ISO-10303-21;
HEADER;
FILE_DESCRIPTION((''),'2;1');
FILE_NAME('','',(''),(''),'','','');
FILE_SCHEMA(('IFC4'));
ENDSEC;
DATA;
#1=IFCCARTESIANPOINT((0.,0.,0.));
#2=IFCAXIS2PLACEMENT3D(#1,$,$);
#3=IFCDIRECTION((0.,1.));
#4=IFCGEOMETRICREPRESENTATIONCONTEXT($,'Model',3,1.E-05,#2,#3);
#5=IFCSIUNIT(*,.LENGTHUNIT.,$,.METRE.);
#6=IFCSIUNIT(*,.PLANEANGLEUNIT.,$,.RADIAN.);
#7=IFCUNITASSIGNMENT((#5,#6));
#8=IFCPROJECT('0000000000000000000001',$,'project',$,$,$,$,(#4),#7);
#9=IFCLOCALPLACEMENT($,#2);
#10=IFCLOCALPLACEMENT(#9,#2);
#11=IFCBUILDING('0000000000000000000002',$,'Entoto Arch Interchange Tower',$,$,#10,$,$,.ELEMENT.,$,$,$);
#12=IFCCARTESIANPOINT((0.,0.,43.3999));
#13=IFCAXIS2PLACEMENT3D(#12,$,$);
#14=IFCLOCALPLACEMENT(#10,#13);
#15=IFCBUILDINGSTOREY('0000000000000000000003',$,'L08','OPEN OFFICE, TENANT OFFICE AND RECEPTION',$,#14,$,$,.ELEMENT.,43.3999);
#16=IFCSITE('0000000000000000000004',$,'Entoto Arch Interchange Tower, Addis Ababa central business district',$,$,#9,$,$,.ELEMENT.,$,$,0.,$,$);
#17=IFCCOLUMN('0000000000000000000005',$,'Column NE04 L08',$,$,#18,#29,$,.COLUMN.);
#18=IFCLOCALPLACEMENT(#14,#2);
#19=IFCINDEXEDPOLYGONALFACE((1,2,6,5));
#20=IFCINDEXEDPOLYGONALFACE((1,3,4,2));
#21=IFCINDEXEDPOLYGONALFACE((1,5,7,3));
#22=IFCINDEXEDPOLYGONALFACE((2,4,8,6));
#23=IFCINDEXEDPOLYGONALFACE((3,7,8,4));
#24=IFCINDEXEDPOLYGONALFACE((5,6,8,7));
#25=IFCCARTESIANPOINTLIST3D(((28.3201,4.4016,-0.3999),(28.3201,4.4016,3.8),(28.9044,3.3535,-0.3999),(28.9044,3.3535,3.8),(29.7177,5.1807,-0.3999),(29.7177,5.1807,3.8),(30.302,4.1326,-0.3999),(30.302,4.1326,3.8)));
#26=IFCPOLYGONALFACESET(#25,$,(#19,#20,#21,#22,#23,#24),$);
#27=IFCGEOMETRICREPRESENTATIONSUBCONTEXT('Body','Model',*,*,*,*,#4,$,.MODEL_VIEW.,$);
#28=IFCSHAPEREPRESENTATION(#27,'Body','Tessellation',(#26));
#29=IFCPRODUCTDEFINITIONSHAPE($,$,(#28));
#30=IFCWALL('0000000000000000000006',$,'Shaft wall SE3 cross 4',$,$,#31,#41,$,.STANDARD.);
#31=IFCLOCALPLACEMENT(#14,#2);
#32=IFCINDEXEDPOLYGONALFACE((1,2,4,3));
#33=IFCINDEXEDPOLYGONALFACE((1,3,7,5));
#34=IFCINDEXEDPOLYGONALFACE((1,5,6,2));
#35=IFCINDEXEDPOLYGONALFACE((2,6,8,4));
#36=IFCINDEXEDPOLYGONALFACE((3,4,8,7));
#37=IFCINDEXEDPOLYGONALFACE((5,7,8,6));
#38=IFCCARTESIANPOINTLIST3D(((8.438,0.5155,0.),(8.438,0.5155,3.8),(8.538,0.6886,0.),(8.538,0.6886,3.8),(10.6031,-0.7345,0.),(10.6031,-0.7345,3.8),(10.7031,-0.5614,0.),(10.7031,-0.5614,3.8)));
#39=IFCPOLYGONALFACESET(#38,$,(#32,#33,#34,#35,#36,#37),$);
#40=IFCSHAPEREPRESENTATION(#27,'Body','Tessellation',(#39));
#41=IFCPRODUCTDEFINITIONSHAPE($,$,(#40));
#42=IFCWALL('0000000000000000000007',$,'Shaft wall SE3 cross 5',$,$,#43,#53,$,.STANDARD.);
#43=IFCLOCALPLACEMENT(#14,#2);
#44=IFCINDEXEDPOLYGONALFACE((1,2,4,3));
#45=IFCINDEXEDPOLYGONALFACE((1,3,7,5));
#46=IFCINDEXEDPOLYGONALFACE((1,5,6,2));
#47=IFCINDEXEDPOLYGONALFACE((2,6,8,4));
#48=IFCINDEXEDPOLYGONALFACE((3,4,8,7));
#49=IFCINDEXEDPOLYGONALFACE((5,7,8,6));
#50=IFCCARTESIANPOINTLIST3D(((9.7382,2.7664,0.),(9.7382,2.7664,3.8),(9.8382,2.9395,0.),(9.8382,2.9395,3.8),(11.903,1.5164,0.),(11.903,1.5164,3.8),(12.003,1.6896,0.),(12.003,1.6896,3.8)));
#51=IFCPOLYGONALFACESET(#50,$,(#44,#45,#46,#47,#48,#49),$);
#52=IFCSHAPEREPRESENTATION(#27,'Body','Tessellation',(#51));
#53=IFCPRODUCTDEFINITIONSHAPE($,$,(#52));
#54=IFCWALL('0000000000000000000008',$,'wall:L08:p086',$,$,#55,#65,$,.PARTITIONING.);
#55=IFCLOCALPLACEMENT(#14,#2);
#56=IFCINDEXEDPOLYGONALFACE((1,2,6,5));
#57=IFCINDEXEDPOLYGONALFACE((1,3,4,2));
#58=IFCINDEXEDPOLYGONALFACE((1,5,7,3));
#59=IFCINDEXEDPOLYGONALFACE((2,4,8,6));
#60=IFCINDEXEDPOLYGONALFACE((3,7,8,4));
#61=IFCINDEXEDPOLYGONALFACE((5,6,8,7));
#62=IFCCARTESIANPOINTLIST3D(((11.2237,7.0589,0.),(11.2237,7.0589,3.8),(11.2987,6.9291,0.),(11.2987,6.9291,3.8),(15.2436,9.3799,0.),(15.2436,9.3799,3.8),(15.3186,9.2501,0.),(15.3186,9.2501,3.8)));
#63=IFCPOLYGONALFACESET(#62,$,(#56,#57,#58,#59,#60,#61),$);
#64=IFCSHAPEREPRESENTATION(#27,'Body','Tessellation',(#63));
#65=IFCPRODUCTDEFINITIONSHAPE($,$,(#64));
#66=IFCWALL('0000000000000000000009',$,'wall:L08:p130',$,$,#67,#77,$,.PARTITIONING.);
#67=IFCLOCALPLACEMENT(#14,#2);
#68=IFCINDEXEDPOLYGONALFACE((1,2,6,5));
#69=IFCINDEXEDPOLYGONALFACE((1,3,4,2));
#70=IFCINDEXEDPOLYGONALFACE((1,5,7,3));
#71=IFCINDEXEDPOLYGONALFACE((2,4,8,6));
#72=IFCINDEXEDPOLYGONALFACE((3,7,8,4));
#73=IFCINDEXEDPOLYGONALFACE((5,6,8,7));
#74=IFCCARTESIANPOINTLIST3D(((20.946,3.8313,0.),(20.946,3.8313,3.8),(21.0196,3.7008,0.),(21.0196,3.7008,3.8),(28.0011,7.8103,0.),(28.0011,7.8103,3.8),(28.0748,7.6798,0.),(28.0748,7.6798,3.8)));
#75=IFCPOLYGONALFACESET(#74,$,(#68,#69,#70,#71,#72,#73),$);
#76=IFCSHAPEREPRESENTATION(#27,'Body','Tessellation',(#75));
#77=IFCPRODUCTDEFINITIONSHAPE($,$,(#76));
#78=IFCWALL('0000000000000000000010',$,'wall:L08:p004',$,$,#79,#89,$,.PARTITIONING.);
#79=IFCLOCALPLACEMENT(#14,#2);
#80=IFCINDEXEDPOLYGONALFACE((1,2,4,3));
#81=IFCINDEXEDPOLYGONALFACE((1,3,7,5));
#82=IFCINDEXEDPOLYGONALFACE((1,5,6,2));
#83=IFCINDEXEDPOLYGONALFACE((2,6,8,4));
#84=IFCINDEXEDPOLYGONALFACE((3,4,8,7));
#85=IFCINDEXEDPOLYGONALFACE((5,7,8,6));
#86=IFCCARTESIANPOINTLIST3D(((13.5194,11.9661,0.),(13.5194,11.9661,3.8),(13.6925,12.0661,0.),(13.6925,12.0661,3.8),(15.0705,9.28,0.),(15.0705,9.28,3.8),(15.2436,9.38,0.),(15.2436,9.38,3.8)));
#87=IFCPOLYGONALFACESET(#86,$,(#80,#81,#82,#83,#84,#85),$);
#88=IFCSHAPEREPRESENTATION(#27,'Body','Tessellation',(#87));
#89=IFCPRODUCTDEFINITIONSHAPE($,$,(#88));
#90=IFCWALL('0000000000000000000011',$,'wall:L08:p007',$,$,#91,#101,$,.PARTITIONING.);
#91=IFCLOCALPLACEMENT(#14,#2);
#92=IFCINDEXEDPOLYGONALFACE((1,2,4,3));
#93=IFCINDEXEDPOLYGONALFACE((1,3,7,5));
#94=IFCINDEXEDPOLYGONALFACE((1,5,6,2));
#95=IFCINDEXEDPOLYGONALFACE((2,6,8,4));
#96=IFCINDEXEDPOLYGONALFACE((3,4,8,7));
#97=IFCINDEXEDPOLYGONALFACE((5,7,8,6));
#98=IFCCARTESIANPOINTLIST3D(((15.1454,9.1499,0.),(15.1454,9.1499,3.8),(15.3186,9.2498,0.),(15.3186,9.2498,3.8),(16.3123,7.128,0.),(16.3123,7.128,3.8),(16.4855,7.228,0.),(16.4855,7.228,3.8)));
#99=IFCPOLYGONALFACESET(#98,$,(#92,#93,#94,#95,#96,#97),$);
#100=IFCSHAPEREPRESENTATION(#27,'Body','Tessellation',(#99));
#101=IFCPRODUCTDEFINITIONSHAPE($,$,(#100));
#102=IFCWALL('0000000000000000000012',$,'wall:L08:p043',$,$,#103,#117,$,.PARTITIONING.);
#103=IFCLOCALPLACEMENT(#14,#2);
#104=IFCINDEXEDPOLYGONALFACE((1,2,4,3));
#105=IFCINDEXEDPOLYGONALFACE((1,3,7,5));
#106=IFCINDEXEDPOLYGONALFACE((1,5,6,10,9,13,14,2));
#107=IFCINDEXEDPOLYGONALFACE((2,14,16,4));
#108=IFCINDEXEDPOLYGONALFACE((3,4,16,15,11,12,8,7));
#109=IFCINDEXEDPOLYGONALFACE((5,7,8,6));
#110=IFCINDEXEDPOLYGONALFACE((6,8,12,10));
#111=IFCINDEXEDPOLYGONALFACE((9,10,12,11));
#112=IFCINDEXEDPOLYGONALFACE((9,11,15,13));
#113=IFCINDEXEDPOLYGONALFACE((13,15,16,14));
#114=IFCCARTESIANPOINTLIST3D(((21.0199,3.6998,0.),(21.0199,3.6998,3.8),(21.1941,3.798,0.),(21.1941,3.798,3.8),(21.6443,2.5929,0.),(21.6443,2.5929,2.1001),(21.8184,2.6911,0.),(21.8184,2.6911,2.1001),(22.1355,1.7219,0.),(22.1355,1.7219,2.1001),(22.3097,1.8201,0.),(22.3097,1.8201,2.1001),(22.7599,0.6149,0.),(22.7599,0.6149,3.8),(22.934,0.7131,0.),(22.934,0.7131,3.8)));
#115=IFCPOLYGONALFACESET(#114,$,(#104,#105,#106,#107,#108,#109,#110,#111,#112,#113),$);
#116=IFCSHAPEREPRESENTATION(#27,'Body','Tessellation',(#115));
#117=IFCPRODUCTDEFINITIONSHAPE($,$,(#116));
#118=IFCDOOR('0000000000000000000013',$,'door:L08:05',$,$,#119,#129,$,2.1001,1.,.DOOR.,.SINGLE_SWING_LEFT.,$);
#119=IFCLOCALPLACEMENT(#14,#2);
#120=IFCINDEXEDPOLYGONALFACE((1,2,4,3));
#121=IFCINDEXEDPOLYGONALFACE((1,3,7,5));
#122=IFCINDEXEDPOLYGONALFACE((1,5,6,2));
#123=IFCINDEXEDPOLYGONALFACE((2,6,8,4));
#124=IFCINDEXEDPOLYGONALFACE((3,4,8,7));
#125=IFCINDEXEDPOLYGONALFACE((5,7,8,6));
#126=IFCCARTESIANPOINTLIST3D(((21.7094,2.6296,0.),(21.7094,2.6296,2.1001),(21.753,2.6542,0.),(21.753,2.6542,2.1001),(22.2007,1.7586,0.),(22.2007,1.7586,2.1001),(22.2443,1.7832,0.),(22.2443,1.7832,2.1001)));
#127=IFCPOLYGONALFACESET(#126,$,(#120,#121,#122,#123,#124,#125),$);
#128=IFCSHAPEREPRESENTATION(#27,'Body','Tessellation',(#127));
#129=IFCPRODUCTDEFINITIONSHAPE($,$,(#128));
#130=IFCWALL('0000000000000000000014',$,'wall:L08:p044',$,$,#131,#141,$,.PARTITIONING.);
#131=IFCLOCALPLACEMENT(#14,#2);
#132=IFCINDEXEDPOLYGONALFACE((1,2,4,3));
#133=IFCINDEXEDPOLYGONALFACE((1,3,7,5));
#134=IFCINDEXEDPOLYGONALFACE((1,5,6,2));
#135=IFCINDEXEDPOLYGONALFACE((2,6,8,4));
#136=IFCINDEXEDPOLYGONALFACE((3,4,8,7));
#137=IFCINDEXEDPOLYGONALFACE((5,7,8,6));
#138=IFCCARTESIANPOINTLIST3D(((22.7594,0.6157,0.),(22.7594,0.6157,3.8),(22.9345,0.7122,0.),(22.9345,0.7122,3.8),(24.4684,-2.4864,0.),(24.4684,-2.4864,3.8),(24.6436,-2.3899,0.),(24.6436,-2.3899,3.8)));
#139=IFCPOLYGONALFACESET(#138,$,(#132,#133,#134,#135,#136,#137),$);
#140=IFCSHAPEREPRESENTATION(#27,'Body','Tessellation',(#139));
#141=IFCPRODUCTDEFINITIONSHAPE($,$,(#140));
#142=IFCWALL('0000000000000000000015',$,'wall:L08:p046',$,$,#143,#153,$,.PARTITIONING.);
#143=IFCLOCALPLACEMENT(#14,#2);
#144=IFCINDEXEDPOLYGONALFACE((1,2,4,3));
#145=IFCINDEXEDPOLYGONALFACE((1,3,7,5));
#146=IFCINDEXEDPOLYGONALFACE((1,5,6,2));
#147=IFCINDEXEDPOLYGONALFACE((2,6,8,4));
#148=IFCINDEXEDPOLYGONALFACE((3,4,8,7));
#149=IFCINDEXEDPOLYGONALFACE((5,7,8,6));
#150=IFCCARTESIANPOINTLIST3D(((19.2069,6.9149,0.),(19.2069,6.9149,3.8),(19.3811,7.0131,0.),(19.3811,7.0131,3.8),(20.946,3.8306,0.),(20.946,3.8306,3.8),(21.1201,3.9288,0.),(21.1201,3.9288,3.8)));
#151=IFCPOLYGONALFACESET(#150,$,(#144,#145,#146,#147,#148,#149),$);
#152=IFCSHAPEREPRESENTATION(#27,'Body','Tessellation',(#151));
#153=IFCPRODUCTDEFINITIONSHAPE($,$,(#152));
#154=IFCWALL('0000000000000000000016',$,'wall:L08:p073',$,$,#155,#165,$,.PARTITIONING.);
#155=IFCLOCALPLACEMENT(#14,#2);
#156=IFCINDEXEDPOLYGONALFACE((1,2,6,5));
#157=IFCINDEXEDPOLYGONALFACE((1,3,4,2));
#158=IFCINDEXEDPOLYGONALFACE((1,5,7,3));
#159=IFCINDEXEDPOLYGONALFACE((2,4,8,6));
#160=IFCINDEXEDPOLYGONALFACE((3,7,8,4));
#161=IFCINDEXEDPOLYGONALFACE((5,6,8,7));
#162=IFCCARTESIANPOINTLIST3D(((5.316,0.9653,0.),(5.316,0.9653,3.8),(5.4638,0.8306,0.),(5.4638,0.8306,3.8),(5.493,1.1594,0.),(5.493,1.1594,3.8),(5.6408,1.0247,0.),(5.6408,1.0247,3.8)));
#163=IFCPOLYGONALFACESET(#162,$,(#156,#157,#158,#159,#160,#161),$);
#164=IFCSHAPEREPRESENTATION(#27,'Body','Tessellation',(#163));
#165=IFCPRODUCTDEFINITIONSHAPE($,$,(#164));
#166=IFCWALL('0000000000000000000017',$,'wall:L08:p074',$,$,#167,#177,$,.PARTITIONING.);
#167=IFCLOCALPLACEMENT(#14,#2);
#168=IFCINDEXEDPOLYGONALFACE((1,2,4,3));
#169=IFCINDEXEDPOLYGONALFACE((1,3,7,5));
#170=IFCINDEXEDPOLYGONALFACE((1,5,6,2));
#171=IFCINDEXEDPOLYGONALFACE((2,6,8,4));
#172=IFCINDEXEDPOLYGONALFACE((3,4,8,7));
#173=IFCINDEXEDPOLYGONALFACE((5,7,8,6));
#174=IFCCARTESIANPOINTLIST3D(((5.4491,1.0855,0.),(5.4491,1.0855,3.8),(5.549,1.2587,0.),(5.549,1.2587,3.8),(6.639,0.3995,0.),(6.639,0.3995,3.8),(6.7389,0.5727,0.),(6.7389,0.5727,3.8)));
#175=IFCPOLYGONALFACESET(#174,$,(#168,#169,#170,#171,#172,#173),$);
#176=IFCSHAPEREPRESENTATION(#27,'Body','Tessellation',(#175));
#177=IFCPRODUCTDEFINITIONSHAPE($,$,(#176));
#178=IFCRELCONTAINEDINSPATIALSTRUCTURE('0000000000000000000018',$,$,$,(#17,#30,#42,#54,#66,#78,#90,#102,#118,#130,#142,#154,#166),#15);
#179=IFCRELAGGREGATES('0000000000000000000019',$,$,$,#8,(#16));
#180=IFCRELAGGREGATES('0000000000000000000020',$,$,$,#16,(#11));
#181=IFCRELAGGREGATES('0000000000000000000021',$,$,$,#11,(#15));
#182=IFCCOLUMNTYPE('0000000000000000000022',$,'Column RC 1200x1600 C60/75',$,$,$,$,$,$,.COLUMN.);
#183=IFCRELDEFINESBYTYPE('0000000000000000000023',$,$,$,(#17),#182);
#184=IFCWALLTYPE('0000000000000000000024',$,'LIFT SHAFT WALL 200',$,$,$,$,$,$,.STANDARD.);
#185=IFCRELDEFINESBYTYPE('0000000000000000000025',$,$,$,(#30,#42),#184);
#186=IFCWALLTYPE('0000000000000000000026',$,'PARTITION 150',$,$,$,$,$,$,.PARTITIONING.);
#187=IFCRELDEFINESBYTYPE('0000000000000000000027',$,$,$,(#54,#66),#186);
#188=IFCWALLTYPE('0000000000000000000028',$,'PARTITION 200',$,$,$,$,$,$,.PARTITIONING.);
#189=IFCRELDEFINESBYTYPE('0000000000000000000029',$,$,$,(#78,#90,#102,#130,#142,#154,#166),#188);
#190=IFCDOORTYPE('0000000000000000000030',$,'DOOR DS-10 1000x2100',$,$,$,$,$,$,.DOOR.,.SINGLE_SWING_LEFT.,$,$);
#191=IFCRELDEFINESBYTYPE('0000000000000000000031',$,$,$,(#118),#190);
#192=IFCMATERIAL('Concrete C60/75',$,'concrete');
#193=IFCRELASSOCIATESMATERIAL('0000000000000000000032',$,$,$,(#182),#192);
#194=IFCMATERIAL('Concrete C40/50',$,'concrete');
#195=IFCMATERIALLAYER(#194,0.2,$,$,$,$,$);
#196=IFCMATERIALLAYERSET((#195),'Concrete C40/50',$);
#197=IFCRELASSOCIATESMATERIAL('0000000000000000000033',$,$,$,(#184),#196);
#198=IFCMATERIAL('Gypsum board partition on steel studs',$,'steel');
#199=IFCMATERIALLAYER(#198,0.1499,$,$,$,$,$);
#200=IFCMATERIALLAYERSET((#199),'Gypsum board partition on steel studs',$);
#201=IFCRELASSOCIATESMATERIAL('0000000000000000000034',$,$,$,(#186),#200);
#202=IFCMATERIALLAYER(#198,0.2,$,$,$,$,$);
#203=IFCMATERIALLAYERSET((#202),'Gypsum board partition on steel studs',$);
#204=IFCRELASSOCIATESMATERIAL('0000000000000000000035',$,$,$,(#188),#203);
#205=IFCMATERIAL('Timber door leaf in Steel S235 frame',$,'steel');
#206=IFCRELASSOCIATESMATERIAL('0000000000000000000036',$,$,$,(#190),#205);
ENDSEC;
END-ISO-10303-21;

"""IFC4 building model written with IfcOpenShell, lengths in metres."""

from ifc_helpers import new_model, si_unit, direction, frame, frame_2d, origin, origin_2d, place, context, subcontext, project, spatial, rectangle, extrude, material, layer, layer_set, material_profile, profile_set, type_object, element, fill, save


model = new_model("IFC4")

# Units and contexts
model_context = context("Model", 3, precision=1e-05, world=origin(), true_north=direction((0.0, 1.0)))
body_context = subcontext(model_context, "Body", "Model", "MODEL_VIEW")
ifc_project = project(units=[si_unit("LENGTHUNIT", "METRE"), si_unit("PLANEANGLEUNIT", "RADIAN")], contexts=[model_context])

# Site, building, storey
site_placement = place(None, origin())
site = spatial("IfcSite", under=ifc_project, at=site_placement, Name="Entoto Arch Interchange Tower, Addis Ababa central business district", CompositionType="ELEMENT", RefElevation=0.0)
building_placement = place(site_placement, origin())
building = spatial("IfcBuilding", under=site, at=building_placement, Name="Entoto Arch Interchange Tower", CompositionType="ELEMENT")
storey_placement = place(building_placement, frame((0.0, 0.0, 43.3999)))
storey = spatial("IfcBuildingStorey", under=building, at=storey_placement, Name="L08", Description="OPEN OFFICE, TENANT OFFICE AND RECEPTION", CompositionType="ELEMENT", Elevation=43.3999)

# Column
ifc_material_1 = material(Name="Concrete C60/75", Category="concrete")
ifc_material_profile = material_profile(ifc_material_1, rectangle(XDim=1.2, YDim=1.6001, at=origin_2d()))
ifc_profile_set = profile_set([ifc_material_profile], Name="Concrete C60/75")
column_type = type_object("IfcColumnType", Name="Column RC 1200x1600 C60/75", PredefinedType="COLUMN", material=ifc_profile_set)
column_placement = place(storey_placement, frame((29.311, 4.2671, -0.3999), z_axis=(0.0, 0.0, 1.0), x_axis=(-0.486915, 0.873449, 0.0)))
element("IfcColumn", 1, at=column_placement, inside=storey, type_object=column_type, Name="Column NE04 L08", PredefinedType="COLUMN", context=body_context, shape_type="SweptSolid", body=[
    extrude(rectangle(XDim=1.2, YDim=1.6001, at=origin_2d()), origin(), (0.0, 0.0, 1.0), 4.2),
])

# Walls
ifc_material_2 = material(Name="Concrete C40/50", Category="concrete")
ifc_layer_1 = layer(ifc_material_2, 0.2)
ifc_layer_set_1 = layer_set([ifc_layer_1], Name="Concrete C40/50")
wall_type_1 = type_object("IfcWallType", Name="LIFT SHAFT WALL 200", PredefinedType="STANDARD", material=ifc_layer_set_1)
wall_1_placement = place(storey_placement, frame((8.488, 0.6021, 0.0), z_axis=(0.0, 0.0, 1.0), x_axis=(0.866023, -0.500004, 0.0)))
element("IfcWall", 2, at=wall_1_placement, inside=storey, type_object=wall_type_1, Name="Shaft wall SE3 cross 4", PredefinedType="STANDARD", context=body_context, shape_type="SweptSolid", body=[
    extrude(rectangle(XDim=2.5, YDim=0.2, at=frame_2d((1.25, 0.0))), origin(), (0.0, 0.0, 1.0), 3.8),
])
wall_2_placement = place(storey_placement, frame((9.7881, 2.853, 0.0), z_axis=(0.0, 0.0, 1.0), x_axis=(0.865999, -0.500047, 0.0)))
element("IfcWall", 3, at=wall_2_placement, inside=storey, type_object=wall_type_1, Name="Shaft wall SE3 cross 5", PredefinedType="STANDARD", context=body_context, shape_type="SweptSolid", body=[
    extrude(rectangle(XDim=2.4998, YDim=0.2, at=frame_2d((1.25, 0.0))), origin(), (0.0, 0.0, 1.0), 3.8),
])
ifc_material_3 = material(Name="Gypsum board partition on steel studs", Category="steel")
ifc_layer_2 = layer(ifc_material_3, 0.1499)
ifc_layer_set_2 = layer_set([ifc_layer_2], Name="Gypsum board partition on steel studs")
wall_type_2 = type_object("IfcWallType", Name="PARTITION 150", PredefinedType="PARTITIONING", material=ifc_layer_set_2)
wall_3_placement = place(storey_placement, frame((15.281, 9.3149, 0.0), z_axis=(0.0, 0.0, 1.0), x_axis=(-0.866017, -0.500014, 0.0)))
element("IfcWall", 4, at=wall_3_placement, inside=storey, type_object=wall_type_2, Name="wall:L08:p086", PredefinedType="PARTITIONING", context=body_context, shape_type="SweptSolid", body=[
    extrude(rectangle(XDim=4.6418, YDim=0.1499, at=frame_2d((2.3208, 0.0))), origin(), (0.0, 0.0, 1.0), 3.8),
])
wall_4_placement = place(storey_placement, frame((20.9829, 3.7661, 0.0), z_axis=(0.0, 0.0, 1.0), x_axis=(0.871023, 0.491243, 0.0)))
element("IfcWall", 5, at=wall_4_placement, inside=storey, type_object=wall_type_2, Name="wall:L08:p130", PredefinedType="PARTITIONING", context=body_context, shape_type="SweptSolid", body=[
    extrude(rectangle(XDim=8.0999, YDim=0.1499, at=frame_2d((4.0498, 0.0))), origin(), (0.0, 0.0, 1.0), 3.8),
])
ifc_layer_3 = layer(ifc_material_3, 0.2)
ifc_layer_set_3 = layer_set([ifc_layer_3], Name="Gypsum board partition on steel studs")
wall_type_3 = type_object("IfcWallType", Name="PARTITION 200", PredefinedType="PARTITIONING", material=ifc_layer_set_3)
wall_5_placement = place(storey_placement, frame((15.157, 9.3301, 0.0), z_axis=(0.0, 0.0, 1.0), x_axis=(-0.500059, 0.865992, 0.0)))
element("IfcWall", 6, at=wall_5_placement, inside=storey, type_object=wall_type_3, Name="wall:L08:p004", PredefinedType="PARTITIONING", context=body_context, shape_type="SweptSolid", body=[
    extrude(rectangle(XDim=3.1018, YDim=0.2, at=frame_2d((1.5508, 0.0))), origin(), (0.0, 0.0, 1.0), 3.8),
])
wall_6_placement = place(storey_placement, frame((16.3989, 7.178, 0.0), z_axis=(0.0, 0.0, 1.0), x_axis=(-0.499873, 0.866099, 0.0)))
element("IfcWall", 7, at=wall_6_placement, inside=storey, type_object=wall_type_3, Name="wall:L08:p007", PredefinedType="PARTITIONING", context=body_context, shape_type="SweptSolid", body=[
    extrude(rectangle(XDim=2.3345, YDim=0.2, at=frame_2d((1.1672, 0.0))), origin(), (0.0, 0.0, 1.0), 3.8),
])

# Wall, opening, door
wall_7_placement = place(storey_placement, frame((21.1069, 3.749, 0.0), z_axis=(0.0, 0.0, 1.0), x_axis=(0.491269, -0.871008, 0.0)))
wall_7 = element("IfcWall", 8, at=wall_7_placement, inside=storey, type_object=wall_type_3, Name="wall:L08:p043", PredefinedType="PARTITIONING", context=body_context, shape_type="SweptSolid", body=[
    extrude(rectangle(XDim=3.5417, YDim=0.2, at=frame_2d((1.771, 0.0))), origin(), (0.0, 0.0, 1.0), 3.8),
])
opening_1_placement = place(wall_7_placement, frame((1.271, 0.0, 0.0)))
opening_1 = element("IfcOpeningElement", 9, at=opening_1_placement, cuts=wall_7, PredefinedType="OPENING", context=body_context, shape_type="SweptSolid", body=[
    extrude(rectangle(XDim=1.0, YDim=2.1001, at=frame_2d((0.5, 1.05))), frame((0.0, 0.1099, 0.0), z_axis=(0.0, -1.0, 0.0), x_axis=(1.0, 0.0, 0.0)), (0.0, 0.0, 1.0), 0.22),
])
ifc_material_4 = material(Name="Timber door leaf in Steel S235 frame", Category="steel")
door_type_1 = type_object("IfcDoorType", Name="DOOR DS-10 1000x2100", OperationType="SINGLE_SWING_LEFT", PredefinedType="DOOR", material=ifc_material_4)
door_1_placement = place(opening_1_placement, origin())
door_1 = element("IfcDoor", 10, at=door_1_placement, inside=storey, type_object=door_type_1, Name="door:L08:05", OperationType="SINGLE_SWING_LEFT", OverallHeight=2.1001, OverallWidth=1.0, PredefinedType="DOOR", context=body_context, shape_type="SweptSolid", body=[
    extrude(rectangle(XDim=1.0, YDim=2.1001, at=frame_2d((0.5, 1.05))), frame((0.0, 0.0249, 0.0), z_axis=(0.0, -1.0, 0.0), x_axis=(1.0, 0.0, 0.0)), (0.0, 0.0, 1.0), 0.05),
])
fill(opening_1, door_1)

# Walls
wall_8_placement = place(storey_placement, frame((22.8469, 0.6641, 0.0), z_axis=(0.0, 0.0, 1.0), x_axis=(0.482538, -0.875875, 0.0)))
element("IfcWall", 11, at=wall_8_placement, inside=storey, type_object=wall_type_3, Name="wall:L08:p044", PredefinedType="PARTITIONING", context=body_context, shape_type="SweptSolid", body=[
    extrude(rectangle(XDim=3.5417, YDim=0.2, at=frame_2d((1.771, 0.0))), origin(), (0.0, 0.0, 1.0), 3.8),
])
wall_9_placement = place(storey_placement, frame((19.2939, 6.9641, 0.0), z_axis=(0.0, 0.0, 1.0), x_axis=(0.491148, -0.871076, 0.0)))
element("IfcWall", 12, at=wall_9_placement, inside=storey, type_object=wall_type_3, Name="wall:L08:p046", PredefinedType="PARTITIONING", context=body_context, shape_type="SweptSolid", body=[
    extrude(rectangle(XDim=3.5408, YDim=0.2, at=frame_2d((1.7705, 0.0))), origin(), (0.0, 0.0, 1.0), 3.8),
])
wall_10_placement = place(storey_placement, frame((5.3899, 0.8979, 0.0), z_axis=(0.0, 0.0, 1.0), x_axis=(0.673828, 0.738888, 0.0)))
element("IfcWall", 13, at=wall_10_placement, inside=storey, type_object=wall_type_3, Name="wall:L08:p073", PredefinedType="PARTITIONING", context=body_context, shape_type="SweptSolid", body=[
    extrude(rectangle(XDim=0.2627, YDim=0.2, at=frame_2d((0.1313, 0.0))), origin(), (0.0, 0.0, 1.0), 3.8),
])
wall_11_placement = place(storey_placement, frame((5.499, 1.1721, 0.0), z_axis=(0.0, 0.0, 1.0), x_axis=(0.866334, -0.499466, 0.0)))
element("IfcWall", 14, at=wall_11_placement, inside=storey, type_object=wall_type_3, Name="wall:L08:p074", PredefinedType="PARTITIONING", context=body_context, shape_type="SweptSolid", body=[
    extrude(rectangle(XDim=1.3735, YDim=0.2, at=frame_2d((0.6868, 0.0))), origin(), (0.0, 0.0, 1.0), 3.8),
])

save(model, "model.ifc")
